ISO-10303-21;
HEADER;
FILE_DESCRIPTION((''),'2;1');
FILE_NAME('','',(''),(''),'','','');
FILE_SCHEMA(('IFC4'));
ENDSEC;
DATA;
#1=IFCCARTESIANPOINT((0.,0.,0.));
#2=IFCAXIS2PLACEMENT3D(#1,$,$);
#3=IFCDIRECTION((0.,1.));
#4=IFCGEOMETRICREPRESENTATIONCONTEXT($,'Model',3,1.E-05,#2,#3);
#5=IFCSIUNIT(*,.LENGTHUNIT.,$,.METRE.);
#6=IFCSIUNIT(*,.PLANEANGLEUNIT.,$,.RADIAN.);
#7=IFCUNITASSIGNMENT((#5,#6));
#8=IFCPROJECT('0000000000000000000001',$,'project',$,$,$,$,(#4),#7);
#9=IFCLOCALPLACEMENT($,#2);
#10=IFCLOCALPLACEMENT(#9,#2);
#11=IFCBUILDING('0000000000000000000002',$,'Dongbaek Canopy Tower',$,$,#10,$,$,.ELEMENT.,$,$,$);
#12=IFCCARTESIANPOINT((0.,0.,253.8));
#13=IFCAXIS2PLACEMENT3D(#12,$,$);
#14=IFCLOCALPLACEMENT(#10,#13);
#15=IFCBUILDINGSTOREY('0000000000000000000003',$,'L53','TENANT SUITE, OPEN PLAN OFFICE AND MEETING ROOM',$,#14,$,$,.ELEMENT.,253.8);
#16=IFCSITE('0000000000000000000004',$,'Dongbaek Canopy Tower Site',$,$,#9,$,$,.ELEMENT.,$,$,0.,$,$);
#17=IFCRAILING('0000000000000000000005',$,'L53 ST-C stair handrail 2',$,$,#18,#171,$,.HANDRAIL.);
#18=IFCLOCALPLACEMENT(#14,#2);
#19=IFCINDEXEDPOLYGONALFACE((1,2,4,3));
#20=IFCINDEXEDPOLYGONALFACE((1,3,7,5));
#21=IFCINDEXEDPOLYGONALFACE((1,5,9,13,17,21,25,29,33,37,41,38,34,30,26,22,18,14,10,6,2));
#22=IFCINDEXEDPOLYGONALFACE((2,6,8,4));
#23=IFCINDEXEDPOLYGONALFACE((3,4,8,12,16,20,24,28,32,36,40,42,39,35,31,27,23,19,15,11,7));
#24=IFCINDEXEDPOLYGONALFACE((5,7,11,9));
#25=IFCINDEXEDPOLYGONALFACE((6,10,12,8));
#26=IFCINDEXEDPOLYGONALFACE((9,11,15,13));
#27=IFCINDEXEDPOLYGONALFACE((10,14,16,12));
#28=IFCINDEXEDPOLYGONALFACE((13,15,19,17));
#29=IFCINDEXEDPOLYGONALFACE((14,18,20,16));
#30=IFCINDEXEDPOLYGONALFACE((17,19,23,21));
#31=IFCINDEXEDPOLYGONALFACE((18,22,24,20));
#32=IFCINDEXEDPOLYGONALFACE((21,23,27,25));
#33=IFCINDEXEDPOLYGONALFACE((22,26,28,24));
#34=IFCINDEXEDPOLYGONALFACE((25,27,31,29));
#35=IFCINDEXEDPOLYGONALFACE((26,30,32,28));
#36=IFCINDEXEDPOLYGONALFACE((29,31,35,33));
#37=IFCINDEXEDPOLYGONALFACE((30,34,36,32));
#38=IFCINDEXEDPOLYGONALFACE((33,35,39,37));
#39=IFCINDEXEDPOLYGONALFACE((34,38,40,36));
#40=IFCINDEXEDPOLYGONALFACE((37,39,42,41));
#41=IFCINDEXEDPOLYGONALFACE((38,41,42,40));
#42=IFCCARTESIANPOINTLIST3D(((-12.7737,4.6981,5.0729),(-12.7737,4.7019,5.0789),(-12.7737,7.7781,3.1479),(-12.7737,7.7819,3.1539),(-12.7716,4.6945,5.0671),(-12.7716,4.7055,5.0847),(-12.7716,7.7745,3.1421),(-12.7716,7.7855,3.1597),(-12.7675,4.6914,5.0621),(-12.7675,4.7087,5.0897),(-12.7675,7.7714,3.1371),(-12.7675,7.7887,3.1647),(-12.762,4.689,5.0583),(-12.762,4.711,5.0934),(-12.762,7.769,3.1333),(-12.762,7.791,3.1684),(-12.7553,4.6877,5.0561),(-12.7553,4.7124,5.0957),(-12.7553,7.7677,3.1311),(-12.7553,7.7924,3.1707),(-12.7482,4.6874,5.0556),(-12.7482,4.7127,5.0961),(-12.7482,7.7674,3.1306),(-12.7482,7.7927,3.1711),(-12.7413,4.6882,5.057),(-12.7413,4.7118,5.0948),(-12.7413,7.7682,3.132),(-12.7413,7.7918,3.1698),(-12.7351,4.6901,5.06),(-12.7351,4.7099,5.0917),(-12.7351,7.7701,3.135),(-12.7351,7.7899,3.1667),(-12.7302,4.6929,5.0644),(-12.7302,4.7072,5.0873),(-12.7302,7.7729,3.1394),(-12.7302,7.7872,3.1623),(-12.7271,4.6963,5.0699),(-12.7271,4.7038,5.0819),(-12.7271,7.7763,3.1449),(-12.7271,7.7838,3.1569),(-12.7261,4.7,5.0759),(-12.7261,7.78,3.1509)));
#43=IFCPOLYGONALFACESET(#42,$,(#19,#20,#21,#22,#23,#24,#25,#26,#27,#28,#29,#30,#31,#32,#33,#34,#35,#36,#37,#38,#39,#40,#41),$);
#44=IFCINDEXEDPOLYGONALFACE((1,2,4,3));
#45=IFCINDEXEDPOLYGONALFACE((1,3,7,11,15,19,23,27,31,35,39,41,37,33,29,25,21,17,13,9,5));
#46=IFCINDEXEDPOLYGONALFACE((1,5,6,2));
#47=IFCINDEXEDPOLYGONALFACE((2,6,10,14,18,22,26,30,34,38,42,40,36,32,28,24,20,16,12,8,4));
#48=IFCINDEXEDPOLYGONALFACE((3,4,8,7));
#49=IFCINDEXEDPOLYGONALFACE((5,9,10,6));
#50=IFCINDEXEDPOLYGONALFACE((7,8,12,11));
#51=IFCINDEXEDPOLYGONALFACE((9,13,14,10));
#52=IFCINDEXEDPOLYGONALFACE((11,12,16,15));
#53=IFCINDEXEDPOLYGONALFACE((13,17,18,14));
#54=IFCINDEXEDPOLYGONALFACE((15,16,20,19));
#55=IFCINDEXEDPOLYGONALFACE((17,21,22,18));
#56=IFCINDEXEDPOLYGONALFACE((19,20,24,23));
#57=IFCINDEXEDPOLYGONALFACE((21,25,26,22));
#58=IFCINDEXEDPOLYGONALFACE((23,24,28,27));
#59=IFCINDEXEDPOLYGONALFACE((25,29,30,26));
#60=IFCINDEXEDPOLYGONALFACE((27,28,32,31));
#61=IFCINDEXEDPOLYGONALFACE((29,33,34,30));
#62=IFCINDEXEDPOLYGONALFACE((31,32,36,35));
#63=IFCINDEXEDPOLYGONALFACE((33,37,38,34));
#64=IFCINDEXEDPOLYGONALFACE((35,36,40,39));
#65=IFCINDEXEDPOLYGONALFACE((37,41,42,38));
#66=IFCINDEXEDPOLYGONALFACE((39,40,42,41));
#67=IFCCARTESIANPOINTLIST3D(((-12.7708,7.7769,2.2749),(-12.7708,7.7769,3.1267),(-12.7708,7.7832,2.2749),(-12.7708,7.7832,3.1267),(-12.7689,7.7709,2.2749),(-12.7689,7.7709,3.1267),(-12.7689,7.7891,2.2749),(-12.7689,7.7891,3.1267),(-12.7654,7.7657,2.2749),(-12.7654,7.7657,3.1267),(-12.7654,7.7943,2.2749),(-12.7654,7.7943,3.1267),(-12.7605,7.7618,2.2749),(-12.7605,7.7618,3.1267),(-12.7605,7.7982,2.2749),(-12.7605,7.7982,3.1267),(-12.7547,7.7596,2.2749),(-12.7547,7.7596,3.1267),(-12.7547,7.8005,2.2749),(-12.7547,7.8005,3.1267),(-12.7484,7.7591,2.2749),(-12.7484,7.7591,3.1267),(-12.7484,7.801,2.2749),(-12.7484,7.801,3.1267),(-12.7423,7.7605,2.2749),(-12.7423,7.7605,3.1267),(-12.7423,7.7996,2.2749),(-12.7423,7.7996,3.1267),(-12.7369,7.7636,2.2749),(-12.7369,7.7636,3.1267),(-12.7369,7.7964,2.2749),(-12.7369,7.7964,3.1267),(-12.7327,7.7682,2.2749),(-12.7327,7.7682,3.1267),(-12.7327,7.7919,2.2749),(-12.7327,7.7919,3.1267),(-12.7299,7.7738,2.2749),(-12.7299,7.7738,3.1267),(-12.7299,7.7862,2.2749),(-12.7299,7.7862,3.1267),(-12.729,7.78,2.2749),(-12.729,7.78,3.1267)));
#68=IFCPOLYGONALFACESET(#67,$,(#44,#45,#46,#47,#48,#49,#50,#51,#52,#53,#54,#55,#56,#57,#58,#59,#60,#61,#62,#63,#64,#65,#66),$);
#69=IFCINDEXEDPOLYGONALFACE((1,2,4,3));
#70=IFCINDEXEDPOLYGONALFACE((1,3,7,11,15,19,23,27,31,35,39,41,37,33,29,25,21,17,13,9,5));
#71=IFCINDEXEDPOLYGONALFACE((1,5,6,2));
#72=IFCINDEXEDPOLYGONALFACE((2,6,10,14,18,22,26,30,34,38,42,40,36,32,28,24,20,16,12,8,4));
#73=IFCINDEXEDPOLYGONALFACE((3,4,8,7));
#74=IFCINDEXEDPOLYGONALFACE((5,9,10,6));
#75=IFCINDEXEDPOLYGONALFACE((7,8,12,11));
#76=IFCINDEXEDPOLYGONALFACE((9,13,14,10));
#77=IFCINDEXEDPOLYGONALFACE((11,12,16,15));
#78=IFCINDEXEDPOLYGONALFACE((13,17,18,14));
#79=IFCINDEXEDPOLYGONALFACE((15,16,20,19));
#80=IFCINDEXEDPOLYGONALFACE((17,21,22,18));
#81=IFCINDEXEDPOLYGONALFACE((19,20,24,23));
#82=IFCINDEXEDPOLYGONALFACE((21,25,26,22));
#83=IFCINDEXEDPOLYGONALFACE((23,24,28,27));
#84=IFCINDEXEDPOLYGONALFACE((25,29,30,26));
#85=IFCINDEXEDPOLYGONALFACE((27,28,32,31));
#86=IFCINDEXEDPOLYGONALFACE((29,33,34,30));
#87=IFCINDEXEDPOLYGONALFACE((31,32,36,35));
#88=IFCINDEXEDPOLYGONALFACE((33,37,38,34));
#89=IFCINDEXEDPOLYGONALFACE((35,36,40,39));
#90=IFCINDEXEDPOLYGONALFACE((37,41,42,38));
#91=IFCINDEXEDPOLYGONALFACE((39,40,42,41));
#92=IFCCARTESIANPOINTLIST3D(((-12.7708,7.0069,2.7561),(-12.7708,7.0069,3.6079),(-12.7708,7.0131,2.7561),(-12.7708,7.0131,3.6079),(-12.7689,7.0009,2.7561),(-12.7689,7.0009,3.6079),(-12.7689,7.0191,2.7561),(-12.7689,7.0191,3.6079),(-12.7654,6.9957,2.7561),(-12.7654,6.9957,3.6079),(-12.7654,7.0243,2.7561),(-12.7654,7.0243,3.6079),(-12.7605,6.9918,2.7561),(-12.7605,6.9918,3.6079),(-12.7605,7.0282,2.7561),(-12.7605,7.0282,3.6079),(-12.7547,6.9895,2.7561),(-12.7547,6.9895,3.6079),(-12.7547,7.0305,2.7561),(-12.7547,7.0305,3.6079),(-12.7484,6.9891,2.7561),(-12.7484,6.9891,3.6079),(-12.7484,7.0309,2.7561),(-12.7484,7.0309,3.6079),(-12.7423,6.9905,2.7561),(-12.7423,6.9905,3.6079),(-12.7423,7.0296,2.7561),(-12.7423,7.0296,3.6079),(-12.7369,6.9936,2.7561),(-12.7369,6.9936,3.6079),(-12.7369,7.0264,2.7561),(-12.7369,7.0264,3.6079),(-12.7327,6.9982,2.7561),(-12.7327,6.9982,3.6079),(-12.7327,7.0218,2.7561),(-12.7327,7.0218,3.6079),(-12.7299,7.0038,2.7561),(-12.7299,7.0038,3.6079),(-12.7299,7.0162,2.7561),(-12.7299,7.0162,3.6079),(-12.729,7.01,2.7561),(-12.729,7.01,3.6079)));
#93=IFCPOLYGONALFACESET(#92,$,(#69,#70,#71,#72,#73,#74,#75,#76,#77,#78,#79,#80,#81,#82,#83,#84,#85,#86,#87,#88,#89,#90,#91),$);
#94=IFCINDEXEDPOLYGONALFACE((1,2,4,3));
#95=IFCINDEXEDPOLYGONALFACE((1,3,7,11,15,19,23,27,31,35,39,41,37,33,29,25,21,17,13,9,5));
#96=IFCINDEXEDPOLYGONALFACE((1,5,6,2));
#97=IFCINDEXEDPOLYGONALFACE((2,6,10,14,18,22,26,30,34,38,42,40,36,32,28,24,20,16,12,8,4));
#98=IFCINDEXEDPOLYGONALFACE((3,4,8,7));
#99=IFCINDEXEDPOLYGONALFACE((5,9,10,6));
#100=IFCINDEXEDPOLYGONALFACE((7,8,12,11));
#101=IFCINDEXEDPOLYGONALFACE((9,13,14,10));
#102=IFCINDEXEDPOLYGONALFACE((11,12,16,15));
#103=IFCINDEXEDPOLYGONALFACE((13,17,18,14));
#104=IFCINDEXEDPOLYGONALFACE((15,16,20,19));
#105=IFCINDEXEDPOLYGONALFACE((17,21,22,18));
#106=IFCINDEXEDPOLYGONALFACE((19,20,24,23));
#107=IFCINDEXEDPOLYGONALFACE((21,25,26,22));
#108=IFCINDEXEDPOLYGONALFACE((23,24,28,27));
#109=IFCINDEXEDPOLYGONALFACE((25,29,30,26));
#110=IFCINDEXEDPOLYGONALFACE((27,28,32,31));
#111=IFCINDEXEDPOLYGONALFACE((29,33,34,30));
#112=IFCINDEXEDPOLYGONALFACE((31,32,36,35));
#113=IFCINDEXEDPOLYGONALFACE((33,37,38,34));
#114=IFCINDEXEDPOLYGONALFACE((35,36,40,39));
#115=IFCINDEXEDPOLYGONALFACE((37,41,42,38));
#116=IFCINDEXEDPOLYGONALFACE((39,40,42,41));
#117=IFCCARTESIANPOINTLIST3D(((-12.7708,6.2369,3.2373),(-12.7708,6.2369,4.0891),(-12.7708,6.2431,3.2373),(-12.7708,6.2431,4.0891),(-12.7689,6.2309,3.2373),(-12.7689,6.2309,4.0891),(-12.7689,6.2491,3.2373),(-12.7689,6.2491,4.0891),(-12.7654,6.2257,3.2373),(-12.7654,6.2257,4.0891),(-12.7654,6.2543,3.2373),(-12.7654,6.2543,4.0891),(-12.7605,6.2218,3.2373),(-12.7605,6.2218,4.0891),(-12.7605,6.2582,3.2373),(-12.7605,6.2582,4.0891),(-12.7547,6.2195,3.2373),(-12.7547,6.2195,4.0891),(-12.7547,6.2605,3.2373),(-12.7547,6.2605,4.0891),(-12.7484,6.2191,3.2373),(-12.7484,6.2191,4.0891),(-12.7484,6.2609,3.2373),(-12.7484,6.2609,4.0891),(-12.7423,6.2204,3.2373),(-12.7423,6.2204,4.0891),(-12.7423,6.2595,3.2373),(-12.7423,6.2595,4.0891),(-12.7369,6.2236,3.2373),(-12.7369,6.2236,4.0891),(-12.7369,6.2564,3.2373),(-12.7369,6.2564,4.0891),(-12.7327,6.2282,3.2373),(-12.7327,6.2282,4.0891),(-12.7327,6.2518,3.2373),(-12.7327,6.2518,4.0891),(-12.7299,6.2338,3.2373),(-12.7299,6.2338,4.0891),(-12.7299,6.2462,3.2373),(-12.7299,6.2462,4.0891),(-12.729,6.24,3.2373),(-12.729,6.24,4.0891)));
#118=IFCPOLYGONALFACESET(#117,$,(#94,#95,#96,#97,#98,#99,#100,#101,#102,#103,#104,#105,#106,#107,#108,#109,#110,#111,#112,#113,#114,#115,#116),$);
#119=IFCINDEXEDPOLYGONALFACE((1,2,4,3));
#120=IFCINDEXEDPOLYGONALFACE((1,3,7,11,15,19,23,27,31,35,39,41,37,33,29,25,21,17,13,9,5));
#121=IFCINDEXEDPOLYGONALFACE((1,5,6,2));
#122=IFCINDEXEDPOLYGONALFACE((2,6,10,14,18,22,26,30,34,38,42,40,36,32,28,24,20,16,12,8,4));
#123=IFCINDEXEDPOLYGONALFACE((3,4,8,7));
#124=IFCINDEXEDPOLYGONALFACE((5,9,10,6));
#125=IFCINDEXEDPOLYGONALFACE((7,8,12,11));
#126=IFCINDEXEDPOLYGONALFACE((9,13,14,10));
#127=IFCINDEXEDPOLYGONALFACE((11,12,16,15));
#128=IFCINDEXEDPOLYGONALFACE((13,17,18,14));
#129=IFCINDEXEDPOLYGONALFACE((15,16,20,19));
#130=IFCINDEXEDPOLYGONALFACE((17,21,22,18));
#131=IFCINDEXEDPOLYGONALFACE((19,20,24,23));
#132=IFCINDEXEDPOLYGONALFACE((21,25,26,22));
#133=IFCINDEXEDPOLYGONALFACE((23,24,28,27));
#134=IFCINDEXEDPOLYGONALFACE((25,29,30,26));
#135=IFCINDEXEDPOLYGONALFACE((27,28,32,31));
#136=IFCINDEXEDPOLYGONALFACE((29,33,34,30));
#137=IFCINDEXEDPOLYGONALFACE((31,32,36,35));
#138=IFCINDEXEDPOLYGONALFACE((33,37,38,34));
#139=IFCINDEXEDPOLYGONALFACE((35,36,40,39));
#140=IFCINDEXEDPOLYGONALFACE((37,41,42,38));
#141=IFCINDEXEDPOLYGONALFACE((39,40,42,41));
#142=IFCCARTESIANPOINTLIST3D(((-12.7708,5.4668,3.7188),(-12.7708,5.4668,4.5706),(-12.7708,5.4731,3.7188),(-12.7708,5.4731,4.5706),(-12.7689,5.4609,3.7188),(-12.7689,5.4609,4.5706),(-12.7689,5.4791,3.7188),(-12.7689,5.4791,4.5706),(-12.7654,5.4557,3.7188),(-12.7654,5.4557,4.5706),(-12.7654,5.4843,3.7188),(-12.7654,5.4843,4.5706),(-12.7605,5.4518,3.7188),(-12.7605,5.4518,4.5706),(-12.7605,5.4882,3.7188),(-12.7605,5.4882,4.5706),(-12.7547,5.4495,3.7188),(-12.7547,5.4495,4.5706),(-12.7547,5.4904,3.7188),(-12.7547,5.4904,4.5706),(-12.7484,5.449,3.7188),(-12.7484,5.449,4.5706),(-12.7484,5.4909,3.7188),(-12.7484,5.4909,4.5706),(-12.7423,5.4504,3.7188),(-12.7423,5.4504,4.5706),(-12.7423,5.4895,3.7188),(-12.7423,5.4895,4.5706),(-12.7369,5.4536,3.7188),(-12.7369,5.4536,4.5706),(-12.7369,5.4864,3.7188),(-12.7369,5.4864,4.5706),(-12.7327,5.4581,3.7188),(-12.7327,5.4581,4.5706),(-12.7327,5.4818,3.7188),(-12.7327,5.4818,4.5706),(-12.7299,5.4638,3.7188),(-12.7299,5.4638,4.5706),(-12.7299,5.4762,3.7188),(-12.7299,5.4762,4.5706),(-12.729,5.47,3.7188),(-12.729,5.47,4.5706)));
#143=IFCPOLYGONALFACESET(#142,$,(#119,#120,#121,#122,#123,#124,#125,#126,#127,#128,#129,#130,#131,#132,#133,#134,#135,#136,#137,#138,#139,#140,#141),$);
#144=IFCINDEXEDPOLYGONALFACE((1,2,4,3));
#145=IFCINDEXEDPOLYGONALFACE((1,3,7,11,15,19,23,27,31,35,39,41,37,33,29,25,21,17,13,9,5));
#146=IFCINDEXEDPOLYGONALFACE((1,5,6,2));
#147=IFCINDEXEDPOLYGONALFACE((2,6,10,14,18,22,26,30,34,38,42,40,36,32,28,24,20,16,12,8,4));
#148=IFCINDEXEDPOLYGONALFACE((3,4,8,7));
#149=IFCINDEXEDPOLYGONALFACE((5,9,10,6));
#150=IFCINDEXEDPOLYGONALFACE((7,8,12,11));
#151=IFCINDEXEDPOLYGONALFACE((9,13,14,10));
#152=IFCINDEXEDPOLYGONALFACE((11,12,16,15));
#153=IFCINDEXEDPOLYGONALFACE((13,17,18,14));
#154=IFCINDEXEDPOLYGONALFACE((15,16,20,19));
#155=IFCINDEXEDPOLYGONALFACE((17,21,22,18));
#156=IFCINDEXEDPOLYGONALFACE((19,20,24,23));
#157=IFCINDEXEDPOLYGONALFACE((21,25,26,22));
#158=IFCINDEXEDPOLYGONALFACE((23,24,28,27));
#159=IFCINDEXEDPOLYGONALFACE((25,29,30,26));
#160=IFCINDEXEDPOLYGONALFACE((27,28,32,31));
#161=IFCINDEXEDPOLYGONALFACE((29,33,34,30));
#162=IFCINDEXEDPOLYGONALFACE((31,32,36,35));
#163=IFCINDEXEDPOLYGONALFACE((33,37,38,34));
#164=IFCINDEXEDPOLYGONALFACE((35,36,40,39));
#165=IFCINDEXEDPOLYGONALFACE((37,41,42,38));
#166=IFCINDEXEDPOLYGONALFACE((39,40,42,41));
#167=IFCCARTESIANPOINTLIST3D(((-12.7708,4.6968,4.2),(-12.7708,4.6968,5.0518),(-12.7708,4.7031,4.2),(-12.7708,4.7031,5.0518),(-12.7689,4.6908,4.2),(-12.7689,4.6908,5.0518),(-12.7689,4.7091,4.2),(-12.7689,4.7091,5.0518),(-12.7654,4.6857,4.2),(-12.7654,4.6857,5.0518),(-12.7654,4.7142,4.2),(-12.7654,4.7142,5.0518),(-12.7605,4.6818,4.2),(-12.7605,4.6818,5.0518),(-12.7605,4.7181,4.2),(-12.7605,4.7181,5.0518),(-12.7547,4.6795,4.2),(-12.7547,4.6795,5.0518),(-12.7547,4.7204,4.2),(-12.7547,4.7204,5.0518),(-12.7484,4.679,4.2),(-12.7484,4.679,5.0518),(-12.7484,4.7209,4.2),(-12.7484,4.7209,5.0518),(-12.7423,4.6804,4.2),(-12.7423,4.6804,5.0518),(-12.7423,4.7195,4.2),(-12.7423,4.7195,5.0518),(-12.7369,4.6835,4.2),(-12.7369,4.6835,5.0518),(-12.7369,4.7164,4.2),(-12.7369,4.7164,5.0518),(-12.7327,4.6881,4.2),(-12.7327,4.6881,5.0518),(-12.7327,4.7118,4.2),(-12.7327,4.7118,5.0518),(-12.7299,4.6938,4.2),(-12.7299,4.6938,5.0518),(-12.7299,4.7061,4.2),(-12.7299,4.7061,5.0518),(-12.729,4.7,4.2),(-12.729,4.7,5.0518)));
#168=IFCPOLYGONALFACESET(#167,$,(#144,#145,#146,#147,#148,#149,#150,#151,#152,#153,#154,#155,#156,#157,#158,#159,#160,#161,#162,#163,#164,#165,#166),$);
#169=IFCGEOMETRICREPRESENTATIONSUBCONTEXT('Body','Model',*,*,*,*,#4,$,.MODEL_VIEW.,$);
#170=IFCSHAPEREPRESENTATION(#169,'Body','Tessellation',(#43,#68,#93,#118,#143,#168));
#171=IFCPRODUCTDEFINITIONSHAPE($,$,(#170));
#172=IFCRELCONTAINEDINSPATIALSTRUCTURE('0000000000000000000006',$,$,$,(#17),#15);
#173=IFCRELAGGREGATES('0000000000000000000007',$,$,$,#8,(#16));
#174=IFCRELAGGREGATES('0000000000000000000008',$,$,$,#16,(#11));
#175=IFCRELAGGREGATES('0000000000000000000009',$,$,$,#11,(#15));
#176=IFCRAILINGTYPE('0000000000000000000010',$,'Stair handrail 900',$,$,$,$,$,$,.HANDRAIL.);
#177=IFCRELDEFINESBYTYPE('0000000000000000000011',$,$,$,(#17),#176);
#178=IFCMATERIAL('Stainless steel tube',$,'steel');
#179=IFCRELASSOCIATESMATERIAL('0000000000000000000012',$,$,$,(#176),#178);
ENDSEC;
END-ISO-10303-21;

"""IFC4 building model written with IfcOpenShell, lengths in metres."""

from ifc_helpers import new_model, si_unit, direction, frame, origin, origin_2d, place, context, subcontext, project, spatial, circle, extrude, material, type_object, element, save


model = new_model("IFC4")

# Units and contexts
model_context = context("Model", 3, precision=1e-05, world=origin(), true_north=direction((0.0, 1.0)))
body_context = subcontext(model_context, "Body", "Model", "MODEL_VIEW")
ifc_project = project(units=[si_unit("LENGTHUNIT", "METRE"), si_unit("PLANEANGLEUNIT", "RADIAN")], contexts=[model_context])

# Site, building, storey
site_placement = place(None, origin())
site = spatial("IfcSite", under=ifc_project, at=site_placement, Name="Dongbaek Canopy Tower Site", CompositionType="ELEMENT", RefElevation=0.0)
building_placement = place(site_placement, origin())
building = spatial("IfcBuilding", under=site, at=building_placement, Name="Dongbaek Canopy Tower", CompositionType="ELEMENT")
storey_placement = place(building_placement, frame((0.0, 0.0, 253.8)))
storey = spatial("IfcBuildingStorey", under=building, at=storey_placement, Name="L53", Description="TENANT SUITE, OPEN PLAN OFFICE AND MEETING ROOM", CompositionType="ELEMENT", Elevation=253.8)

# Railing
ifc_material_1 = material(Name="Stainless steel tube", Category="steel")
railing_type_1 = type_object("IfcRailingType", Name="Stair handrail 900", PredefinedType="HANDRAIL", material=ifc_material_1)
railing_1_placement = place(storey_placement, frame((-12.75, 7.78, 2.2749)))
element("IfcRailing", 1, at=railing_1_placement, inside=storey, type_object=railing_type_1, Name="L53 ST-C stair handrail 2", PredefinedType="HANDRAIL", context=body_context, shape_type="SweptSolid", body=[
    extrude(circle(Radius=0.0239, at=origin_2d()), frame((0.0, 0.0, 0.876), z_axis=(0.0, -0.847998, 0.529999), x_axis=(1.0, 0.0, 0.0)), (0.0, 0.0, 1.0), 3.6321),
    extrude(circle(Radius=0.021, at=origin_2d()), origin(), (0.0, 0.0, 1.0), 0.8518),
    extrude(circle(Radius=0.021, at=origin_2d()), frame((0.0, -0.77, 0.4812)), (0.0, 0.0, 1.0), 0.8518),
    extrude(circle(Radius=0.021, at=origin_2d()), frame((0.0, -1.54, 0.9624)), (0.0, 0.0, 1.0), 0.8518),
    extrude(circle(Radius=0.021, at=origin_2d()), frame((0.0, -2.3101, 1.4438)), (0.0, 0.0, 1.0), 0.8518),
    extrude(circle(Radius=0.021, at=origin_2d()), frame((0.0, -3.0801, 1.925)), (0.0, 0.0, 1.0), 0.8518),
])

save(model, "model.ifc")
